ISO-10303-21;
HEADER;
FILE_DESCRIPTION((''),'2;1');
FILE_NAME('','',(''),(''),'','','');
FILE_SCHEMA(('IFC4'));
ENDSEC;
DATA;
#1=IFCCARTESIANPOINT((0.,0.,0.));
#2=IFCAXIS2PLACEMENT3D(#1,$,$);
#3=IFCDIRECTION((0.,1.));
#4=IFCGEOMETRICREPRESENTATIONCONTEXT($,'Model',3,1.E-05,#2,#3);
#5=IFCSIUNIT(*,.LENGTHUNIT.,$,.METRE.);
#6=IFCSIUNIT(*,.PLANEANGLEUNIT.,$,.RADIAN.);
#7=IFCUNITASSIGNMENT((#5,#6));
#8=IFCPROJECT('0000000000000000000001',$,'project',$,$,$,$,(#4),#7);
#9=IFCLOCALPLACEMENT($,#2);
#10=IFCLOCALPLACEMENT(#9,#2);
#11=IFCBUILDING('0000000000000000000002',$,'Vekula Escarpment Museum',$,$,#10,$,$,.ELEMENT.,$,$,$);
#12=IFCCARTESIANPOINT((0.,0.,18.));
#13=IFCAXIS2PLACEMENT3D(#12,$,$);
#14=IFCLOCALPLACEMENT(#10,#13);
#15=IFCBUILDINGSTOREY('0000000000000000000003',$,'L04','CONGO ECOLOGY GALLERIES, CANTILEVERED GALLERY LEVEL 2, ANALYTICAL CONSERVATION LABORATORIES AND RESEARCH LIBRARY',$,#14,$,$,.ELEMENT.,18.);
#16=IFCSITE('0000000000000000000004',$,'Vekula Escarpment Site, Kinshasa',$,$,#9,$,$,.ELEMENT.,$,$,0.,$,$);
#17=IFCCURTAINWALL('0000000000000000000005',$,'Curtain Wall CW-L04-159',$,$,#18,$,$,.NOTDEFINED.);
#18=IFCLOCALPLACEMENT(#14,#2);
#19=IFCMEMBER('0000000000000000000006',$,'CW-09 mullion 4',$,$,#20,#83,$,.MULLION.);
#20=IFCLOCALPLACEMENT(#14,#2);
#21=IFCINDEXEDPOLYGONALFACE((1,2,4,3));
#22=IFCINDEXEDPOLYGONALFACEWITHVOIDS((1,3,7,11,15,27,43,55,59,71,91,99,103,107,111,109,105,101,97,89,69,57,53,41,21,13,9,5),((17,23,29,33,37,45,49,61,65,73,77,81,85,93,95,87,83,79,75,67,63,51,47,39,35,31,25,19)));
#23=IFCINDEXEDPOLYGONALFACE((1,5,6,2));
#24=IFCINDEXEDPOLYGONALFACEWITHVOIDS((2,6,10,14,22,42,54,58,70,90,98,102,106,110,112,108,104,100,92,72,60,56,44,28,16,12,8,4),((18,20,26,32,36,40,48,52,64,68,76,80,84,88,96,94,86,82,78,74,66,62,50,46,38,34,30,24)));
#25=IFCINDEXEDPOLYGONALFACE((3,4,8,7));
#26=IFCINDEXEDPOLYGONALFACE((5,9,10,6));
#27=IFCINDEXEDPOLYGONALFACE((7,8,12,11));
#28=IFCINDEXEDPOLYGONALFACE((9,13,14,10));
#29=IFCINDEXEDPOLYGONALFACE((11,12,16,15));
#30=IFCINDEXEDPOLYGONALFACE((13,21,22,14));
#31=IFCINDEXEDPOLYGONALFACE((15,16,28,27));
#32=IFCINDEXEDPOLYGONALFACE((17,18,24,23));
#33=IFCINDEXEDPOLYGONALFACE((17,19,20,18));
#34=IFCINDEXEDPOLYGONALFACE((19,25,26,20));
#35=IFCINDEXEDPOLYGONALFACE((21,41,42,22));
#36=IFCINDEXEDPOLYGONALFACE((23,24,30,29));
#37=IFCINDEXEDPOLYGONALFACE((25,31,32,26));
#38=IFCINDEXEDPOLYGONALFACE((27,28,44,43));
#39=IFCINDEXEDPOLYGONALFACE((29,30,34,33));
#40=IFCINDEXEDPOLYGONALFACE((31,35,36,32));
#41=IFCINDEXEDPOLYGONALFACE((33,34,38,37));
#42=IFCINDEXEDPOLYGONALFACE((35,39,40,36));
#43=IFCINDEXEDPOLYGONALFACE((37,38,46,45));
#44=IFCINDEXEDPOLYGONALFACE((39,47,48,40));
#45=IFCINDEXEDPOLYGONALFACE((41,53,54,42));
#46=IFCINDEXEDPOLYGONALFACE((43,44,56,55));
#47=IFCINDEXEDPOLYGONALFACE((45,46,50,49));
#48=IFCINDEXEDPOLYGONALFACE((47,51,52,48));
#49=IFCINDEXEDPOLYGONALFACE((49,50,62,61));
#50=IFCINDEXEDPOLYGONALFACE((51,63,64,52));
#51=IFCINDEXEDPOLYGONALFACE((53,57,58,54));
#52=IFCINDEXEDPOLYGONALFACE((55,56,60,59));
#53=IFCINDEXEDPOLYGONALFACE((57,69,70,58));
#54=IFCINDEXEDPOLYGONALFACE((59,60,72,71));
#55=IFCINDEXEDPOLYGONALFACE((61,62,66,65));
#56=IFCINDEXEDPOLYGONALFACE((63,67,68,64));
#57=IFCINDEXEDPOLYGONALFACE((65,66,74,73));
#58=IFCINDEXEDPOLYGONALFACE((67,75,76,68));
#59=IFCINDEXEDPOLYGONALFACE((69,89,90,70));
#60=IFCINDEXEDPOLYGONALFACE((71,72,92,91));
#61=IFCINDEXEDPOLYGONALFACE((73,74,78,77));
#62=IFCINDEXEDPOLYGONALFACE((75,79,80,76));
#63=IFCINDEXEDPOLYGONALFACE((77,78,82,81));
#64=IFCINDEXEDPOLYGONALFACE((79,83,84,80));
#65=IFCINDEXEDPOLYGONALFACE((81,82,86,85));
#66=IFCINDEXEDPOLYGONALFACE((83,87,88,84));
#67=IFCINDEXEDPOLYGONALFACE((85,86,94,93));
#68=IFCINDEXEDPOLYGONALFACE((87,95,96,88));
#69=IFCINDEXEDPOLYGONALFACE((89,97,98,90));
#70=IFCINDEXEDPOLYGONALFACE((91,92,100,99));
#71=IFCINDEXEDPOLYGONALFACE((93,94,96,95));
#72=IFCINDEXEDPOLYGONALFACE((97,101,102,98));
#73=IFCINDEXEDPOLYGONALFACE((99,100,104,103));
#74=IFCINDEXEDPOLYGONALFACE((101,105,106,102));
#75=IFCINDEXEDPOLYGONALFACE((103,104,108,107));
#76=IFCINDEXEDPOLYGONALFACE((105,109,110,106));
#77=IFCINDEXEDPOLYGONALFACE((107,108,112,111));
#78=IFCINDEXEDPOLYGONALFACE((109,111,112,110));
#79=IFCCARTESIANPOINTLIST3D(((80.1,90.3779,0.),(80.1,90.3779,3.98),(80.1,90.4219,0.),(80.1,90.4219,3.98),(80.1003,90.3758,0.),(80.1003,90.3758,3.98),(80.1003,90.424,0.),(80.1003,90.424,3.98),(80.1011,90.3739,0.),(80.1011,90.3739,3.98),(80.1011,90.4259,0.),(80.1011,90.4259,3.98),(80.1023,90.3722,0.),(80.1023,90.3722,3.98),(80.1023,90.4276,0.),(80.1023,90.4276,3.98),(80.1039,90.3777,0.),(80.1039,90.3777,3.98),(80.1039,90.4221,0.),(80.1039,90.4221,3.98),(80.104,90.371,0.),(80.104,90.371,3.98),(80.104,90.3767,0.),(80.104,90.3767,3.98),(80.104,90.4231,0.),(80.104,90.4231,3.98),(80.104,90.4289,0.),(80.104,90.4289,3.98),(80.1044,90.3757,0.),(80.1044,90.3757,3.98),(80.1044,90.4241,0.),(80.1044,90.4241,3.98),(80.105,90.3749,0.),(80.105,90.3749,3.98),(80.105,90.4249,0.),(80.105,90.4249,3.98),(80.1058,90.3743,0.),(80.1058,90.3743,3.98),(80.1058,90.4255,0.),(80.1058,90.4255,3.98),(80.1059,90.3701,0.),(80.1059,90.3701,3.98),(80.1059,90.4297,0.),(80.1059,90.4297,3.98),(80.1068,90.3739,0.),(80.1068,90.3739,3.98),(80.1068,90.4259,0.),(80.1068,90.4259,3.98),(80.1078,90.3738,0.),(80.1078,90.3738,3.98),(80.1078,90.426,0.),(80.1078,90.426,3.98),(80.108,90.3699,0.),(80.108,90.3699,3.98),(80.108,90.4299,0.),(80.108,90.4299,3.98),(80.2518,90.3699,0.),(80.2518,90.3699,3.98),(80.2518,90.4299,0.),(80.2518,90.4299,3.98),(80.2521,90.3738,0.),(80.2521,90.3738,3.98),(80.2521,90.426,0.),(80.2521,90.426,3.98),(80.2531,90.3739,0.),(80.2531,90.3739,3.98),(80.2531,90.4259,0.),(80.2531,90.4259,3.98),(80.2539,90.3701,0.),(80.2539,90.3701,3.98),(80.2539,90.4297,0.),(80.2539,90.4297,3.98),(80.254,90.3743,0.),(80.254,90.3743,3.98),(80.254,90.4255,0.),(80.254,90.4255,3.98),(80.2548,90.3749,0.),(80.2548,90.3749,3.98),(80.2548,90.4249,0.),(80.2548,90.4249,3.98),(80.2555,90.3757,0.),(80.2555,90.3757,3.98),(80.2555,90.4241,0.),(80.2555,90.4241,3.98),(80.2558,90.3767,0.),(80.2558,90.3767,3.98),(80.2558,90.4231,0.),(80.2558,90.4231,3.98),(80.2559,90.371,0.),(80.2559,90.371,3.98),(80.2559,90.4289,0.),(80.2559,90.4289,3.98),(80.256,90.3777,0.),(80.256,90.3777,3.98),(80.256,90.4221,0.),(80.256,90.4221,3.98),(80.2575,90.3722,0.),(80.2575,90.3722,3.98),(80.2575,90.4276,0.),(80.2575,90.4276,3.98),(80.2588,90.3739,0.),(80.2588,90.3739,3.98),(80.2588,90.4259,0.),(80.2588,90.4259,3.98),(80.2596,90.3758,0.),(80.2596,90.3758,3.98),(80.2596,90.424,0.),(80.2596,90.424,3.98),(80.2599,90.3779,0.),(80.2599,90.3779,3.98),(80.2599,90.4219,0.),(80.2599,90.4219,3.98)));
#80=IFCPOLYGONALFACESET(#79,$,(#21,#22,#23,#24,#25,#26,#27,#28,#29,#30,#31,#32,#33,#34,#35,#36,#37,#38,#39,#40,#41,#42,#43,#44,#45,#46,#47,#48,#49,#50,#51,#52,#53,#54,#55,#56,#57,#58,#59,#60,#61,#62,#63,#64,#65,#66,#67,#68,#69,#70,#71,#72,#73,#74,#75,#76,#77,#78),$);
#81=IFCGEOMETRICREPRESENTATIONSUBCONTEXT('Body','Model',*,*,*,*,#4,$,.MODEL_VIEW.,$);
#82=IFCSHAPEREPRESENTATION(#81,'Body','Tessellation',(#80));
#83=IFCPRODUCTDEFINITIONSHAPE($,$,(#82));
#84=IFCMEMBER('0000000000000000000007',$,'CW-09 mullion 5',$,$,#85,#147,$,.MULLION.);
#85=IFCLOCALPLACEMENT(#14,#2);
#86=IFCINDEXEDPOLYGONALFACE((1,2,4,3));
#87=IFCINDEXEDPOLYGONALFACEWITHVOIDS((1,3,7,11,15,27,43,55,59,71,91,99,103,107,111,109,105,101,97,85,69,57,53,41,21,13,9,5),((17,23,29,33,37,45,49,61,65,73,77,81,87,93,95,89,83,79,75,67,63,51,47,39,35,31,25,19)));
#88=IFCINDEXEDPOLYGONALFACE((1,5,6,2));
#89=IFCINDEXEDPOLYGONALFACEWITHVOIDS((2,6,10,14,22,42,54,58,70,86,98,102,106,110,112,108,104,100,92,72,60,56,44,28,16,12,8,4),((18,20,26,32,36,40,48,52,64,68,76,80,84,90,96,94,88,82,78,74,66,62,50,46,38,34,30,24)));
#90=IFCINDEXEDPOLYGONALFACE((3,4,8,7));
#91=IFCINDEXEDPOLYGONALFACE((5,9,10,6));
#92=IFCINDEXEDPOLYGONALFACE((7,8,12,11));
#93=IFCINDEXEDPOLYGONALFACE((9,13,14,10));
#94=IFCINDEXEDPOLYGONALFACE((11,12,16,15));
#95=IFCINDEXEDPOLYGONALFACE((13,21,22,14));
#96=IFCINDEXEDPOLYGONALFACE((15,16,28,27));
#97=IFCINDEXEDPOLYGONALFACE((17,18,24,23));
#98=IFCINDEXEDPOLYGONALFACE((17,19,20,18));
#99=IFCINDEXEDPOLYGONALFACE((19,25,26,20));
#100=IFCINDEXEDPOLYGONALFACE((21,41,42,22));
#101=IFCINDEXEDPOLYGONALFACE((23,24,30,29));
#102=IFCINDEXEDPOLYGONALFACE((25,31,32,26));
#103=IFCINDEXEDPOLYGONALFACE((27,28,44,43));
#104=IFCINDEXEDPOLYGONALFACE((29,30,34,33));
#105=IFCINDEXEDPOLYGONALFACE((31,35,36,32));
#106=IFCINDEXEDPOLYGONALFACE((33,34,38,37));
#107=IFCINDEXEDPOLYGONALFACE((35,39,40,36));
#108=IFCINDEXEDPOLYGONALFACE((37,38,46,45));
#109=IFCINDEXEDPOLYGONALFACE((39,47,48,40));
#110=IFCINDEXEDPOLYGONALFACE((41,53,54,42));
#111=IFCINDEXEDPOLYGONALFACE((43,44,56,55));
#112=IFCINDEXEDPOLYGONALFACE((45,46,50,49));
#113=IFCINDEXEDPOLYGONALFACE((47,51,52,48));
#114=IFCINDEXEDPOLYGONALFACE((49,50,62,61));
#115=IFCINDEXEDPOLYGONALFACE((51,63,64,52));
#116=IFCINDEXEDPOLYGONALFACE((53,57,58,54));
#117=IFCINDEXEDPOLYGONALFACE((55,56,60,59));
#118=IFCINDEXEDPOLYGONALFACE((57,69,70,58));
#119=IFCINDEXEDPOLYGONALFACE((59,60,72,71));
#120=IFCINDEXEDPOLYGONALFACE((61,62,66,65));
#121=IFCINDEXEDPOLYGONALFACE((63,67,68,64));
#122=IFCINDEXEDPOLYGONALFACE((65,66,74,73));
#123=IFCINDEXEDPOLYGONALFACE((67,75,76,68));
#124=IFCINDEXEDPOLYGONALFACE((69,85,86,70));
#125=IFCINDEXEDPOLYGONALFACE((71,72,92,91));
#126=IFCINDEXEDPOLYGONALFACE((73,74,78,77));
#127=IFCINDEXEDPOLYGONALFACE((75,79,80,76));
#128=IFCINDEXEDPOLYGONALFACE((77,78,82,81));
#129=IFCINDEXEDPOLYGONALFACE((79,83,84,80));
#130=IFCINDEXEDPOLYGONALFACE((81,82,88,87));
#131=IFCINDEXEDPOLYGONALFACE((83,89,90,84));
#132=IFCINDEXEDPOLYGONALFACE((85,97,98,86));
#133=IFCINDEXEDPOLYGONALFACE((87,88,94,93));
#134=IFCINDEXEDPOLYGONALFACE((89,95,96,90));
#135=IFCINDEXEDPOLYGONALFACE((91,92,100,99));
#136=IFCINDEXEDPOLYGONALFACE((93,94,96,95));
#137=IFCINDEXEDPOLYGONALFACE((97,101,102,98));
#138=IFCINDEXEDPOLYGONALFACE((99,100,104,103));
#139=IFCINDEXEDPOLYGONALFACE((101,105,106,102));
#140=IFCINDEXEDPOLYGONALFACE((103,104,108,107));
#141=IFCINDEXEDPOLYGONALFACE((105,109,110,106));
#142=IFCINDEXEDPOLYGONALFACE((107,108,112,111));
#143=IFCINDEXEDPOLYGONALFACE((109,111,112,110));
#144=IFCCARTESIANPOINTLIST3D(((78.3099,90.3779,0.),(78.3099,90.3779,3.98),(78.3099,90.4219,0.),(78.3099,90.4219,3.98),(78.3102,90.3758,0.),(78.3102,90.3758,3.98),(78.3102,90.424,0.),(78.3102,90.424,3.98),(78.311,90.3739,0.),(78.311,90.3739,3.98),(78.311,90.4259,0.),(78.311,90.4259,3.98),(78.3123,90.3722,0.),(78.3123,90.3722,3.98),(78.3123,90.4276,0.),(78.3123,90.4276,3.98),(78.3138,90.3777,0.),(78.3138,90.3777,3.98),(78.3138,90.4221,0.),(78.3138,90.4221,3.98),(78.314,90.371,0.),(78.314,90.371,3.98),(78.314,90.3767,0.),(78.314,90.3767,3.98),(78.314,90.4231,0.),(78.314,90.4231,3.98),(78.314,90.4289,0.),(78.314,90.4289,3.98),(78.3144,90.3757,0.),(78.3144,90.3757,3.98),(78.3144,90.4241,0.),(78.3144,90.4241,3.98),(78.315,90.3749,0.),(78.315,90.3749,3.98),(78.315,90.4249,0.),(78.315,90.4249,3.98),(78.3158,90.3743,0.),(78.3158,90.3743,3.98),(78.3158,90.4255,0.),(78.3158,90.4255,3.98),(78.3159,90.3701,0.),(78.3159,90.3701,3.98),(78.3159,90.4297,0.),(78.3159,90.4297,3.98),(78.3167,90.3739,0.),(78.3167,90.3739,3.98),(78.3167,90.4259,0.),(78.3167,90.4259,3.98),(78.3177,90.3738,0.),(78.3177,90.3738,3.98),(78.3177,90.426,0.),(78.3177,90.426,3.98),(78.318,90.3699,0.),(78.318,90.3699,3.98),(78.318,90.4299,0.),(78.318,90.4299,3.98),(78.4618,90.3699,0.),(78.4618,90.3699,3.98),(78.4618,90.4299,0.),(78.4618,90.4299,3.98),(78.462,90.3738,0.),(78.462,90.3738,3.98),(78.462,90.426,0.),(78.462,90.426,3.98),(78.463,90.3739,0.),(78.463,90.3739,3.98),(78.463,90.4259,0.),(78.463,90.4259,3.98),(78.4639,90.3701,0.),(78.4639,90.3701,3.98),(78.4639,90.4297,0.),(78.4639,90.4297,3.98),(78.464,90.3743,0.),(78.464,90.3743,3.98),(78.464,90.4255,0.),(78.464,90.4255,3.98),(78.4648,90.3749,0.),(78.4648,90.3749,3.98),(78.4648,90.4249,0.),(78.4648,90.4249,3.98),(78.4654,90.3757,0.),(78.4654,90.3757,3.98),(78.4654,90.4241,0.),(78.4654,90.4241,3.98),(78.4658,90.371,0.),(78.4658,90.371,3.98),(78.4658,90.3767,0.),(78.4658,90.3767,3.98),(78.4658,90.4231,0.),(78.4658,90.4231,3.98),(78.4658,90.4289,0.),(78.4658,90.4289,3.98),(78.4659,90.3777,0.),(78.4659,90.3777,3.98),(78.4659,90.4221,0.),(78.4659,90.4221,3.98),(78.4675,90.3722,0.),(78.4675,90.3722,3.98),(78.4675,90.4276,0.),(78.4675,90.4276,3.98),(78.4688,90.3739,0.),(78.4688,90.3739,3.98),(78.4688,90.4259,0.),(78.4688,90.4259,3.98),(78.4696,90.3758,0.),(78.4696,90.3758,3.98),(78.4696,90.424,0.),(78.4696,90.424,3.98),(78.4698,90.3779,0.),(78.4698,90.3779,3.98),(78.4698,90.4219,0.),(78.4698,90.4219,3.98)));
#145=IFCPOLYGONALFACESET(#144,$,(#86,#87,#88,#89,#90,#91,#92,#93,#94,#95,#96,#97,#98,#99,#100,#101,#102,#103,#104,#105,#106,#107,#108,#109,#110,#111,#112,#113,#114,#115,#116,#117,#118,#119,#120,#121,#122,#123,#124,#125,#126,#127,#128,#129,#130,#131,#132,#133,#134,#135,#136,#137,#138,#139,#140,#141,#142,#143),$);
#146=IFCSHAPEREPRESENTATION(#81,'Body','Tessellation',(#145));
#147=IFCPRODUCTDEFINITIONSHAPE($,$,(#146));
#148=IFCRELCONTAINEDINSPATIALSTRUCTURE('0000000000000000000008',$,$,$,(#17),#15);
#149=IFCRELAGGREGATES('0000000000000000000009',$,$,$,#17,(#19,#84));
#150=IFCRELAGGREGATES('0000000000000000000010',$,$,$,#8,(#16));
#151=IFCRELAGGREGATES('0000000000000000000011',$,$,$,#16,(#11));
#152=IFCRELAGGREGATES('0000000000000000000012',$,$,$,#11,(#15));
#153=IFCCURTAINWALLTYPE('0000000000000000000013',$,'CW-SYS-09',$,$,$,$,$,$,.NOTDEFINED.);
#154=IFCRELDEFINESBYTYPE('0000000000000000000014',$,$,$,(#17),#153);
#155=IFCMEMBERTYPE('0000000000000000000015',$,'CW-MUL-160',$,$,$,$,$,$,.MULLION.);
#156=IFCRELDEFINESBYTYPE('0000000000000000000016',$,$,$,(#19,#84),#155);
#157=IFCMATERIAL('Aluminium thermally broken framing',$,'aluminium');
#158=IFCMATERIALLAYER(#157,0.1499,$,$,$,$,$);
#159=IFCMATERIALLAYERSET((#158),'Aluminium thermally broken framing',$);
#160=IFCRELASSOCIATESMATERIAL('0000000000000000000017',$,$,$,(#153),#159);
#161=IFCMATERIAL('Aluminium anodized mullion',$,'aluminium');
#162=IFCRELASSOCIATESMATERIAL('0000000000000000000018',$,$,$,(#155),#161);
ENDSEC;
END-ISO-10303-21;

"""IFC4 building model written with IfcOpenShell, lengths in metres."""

from ifc_helpers import new_model, si_unit, direction, frame, origin, origin_2d, place, context, subcontext, project, spatial, hollow_rectangle, extrude, material, layer, layer_set, material_profile, profile_set, type_object, element, aggregate, save


model = new_model("IFC4")

# Units and contexts
model_context = context("Model", 3, precision=1e-05, world=origin(), true_north=direction((0.0, 1.0)))
body_context = subcontext(model_context, "Body", "Model", "MODEL_VIEW")
ifc_project = project(units=[si_unit("LENGTHUNIT", "METRE"), si_unit("PLANEANGLEUNIT", "RADIAN")], contexts=[model_context])

# Site, building, storey
site_placement = place(None, origin())
site = spatial("IfcSite", under=ifc_project, at=site_placement, Name="Vekula Escarpment Site, Kinshasa", CompositionType="ELEMENT", RefElevation=0.0)
building_placement = place(site_placement, origin())
building = spatial("IfcBuilding", under=site, at=building_placement, Name="Vekula Escarpment Museum", CompositionType="ELEMENT")
storey_placement = place(building_placement, frame((0.0, 0.0, 18.0)))
storey = spatial("IfcBuildingStorey", under=building, at=storey_placement, Name="L04", Description="CONGO ECOLOGY GALLERIES, CANTILEVERED GALLERY LEVEL 2, ANALYTICAL CONSERVATION LABORATORIES AND RESEARCH LIBRARY", CompositionType="ELEMENT", Elevation=18.0)

# Curtain wall, members
ifc_material_1 = material(Name="Aluminium thermally broken framing", Category="aluminium")
ifc_layer_1 = layer(ifc_material_1, 0.1499)
ifc_layer_set_1 = layer_set([ifc_layer_1], Name="Aluminium thermally broken framing")
curtain_wall_type_1 = type_object("IfcCurtainWallType", Name="CW-SYS-09", PredefinedType="NOTDEFINED", material=ifc_layer_set_1)
curtain_wall_1_placement = place(storey_placement, origin())
curtain_wall_1 = element("IfcCurtainWall", 1, at=curtain_wall_1_placement, inside=storey, type_object=curtain_wall_type_1, Name="Curtain Wall CW-L04-159", PredefinedType="NOTDEFINED")
ifc_material_2 = material(Name="Aluminium anodized mullion", Category="aluminium")
ifc_material_profile_1 = material_profile(ifc_material_2, hollow_rectangle(XDim=0.0601, YDim=0.1599, WallThickness=0.0039, InnerFilletRadius=0.0039, OuterFilletRadius=0.0081, at=origin_2d()), Name="ALU 160x60x4")
ifc_profile_set_1 = profile_set([ifc_material_profile_1], Name="Aluminium anodized mullion")
member_type_1 = type_object("IfcMemberType", Name="CW-MUL-160", PredefinedType="MULLION", material=ifc_profile_set_1)
member_1_placement = place(storey_placement, frame((80.1799, 90.3999, 0.0), z_axis=(0.0, 0.0, 1.0), x_axis=(0.0, -1.0, 0.0)))
member_1 = element("IfcMember", 2, at=member_1_placement, type_object=member_type_1, Name="CW-09 mullion 4", PredefinedType="MULLION", context=body_context, shape_type="SweptSolid", body=[
    extrude(hollow_rectangle(XDim=0.0601, YDim=0.1599, WallThickness=0.0039, InnerFilletRadius=0.0039, OuterFilletRadius=0.0081, at=origin_2d()), origin(), (0.0, 0.0, 1.0), 3.98),
])
member_2_placement = place(storey_placement, frame((78.3899, 90.3999, 0.0), z_axis=(0.0, 0.0, 1.0), x_axis=(0.0, -1.0, 0.0)))
member_2 = element("IfcMember", 3, at=member_2_placement, type_object=member_type_1, Name="CW-09 mullion 5", PredefinedType="MULLION", context=body_context, shape_type="SweptSolid", body=[
    extrude(hollow_rectangle(XDim=0.0601, YDim=0.1599, WallThickness=0.0039, InnerFilletRadius=0.0039, OuterFilletRadius=0.0081, at=origin_2d()), origin(), (0.0, 0.0, 1.0), 3.98),
])

aggregate(curtain_wall_1, [member_1, member_2])

save(model, "model.ifc")
